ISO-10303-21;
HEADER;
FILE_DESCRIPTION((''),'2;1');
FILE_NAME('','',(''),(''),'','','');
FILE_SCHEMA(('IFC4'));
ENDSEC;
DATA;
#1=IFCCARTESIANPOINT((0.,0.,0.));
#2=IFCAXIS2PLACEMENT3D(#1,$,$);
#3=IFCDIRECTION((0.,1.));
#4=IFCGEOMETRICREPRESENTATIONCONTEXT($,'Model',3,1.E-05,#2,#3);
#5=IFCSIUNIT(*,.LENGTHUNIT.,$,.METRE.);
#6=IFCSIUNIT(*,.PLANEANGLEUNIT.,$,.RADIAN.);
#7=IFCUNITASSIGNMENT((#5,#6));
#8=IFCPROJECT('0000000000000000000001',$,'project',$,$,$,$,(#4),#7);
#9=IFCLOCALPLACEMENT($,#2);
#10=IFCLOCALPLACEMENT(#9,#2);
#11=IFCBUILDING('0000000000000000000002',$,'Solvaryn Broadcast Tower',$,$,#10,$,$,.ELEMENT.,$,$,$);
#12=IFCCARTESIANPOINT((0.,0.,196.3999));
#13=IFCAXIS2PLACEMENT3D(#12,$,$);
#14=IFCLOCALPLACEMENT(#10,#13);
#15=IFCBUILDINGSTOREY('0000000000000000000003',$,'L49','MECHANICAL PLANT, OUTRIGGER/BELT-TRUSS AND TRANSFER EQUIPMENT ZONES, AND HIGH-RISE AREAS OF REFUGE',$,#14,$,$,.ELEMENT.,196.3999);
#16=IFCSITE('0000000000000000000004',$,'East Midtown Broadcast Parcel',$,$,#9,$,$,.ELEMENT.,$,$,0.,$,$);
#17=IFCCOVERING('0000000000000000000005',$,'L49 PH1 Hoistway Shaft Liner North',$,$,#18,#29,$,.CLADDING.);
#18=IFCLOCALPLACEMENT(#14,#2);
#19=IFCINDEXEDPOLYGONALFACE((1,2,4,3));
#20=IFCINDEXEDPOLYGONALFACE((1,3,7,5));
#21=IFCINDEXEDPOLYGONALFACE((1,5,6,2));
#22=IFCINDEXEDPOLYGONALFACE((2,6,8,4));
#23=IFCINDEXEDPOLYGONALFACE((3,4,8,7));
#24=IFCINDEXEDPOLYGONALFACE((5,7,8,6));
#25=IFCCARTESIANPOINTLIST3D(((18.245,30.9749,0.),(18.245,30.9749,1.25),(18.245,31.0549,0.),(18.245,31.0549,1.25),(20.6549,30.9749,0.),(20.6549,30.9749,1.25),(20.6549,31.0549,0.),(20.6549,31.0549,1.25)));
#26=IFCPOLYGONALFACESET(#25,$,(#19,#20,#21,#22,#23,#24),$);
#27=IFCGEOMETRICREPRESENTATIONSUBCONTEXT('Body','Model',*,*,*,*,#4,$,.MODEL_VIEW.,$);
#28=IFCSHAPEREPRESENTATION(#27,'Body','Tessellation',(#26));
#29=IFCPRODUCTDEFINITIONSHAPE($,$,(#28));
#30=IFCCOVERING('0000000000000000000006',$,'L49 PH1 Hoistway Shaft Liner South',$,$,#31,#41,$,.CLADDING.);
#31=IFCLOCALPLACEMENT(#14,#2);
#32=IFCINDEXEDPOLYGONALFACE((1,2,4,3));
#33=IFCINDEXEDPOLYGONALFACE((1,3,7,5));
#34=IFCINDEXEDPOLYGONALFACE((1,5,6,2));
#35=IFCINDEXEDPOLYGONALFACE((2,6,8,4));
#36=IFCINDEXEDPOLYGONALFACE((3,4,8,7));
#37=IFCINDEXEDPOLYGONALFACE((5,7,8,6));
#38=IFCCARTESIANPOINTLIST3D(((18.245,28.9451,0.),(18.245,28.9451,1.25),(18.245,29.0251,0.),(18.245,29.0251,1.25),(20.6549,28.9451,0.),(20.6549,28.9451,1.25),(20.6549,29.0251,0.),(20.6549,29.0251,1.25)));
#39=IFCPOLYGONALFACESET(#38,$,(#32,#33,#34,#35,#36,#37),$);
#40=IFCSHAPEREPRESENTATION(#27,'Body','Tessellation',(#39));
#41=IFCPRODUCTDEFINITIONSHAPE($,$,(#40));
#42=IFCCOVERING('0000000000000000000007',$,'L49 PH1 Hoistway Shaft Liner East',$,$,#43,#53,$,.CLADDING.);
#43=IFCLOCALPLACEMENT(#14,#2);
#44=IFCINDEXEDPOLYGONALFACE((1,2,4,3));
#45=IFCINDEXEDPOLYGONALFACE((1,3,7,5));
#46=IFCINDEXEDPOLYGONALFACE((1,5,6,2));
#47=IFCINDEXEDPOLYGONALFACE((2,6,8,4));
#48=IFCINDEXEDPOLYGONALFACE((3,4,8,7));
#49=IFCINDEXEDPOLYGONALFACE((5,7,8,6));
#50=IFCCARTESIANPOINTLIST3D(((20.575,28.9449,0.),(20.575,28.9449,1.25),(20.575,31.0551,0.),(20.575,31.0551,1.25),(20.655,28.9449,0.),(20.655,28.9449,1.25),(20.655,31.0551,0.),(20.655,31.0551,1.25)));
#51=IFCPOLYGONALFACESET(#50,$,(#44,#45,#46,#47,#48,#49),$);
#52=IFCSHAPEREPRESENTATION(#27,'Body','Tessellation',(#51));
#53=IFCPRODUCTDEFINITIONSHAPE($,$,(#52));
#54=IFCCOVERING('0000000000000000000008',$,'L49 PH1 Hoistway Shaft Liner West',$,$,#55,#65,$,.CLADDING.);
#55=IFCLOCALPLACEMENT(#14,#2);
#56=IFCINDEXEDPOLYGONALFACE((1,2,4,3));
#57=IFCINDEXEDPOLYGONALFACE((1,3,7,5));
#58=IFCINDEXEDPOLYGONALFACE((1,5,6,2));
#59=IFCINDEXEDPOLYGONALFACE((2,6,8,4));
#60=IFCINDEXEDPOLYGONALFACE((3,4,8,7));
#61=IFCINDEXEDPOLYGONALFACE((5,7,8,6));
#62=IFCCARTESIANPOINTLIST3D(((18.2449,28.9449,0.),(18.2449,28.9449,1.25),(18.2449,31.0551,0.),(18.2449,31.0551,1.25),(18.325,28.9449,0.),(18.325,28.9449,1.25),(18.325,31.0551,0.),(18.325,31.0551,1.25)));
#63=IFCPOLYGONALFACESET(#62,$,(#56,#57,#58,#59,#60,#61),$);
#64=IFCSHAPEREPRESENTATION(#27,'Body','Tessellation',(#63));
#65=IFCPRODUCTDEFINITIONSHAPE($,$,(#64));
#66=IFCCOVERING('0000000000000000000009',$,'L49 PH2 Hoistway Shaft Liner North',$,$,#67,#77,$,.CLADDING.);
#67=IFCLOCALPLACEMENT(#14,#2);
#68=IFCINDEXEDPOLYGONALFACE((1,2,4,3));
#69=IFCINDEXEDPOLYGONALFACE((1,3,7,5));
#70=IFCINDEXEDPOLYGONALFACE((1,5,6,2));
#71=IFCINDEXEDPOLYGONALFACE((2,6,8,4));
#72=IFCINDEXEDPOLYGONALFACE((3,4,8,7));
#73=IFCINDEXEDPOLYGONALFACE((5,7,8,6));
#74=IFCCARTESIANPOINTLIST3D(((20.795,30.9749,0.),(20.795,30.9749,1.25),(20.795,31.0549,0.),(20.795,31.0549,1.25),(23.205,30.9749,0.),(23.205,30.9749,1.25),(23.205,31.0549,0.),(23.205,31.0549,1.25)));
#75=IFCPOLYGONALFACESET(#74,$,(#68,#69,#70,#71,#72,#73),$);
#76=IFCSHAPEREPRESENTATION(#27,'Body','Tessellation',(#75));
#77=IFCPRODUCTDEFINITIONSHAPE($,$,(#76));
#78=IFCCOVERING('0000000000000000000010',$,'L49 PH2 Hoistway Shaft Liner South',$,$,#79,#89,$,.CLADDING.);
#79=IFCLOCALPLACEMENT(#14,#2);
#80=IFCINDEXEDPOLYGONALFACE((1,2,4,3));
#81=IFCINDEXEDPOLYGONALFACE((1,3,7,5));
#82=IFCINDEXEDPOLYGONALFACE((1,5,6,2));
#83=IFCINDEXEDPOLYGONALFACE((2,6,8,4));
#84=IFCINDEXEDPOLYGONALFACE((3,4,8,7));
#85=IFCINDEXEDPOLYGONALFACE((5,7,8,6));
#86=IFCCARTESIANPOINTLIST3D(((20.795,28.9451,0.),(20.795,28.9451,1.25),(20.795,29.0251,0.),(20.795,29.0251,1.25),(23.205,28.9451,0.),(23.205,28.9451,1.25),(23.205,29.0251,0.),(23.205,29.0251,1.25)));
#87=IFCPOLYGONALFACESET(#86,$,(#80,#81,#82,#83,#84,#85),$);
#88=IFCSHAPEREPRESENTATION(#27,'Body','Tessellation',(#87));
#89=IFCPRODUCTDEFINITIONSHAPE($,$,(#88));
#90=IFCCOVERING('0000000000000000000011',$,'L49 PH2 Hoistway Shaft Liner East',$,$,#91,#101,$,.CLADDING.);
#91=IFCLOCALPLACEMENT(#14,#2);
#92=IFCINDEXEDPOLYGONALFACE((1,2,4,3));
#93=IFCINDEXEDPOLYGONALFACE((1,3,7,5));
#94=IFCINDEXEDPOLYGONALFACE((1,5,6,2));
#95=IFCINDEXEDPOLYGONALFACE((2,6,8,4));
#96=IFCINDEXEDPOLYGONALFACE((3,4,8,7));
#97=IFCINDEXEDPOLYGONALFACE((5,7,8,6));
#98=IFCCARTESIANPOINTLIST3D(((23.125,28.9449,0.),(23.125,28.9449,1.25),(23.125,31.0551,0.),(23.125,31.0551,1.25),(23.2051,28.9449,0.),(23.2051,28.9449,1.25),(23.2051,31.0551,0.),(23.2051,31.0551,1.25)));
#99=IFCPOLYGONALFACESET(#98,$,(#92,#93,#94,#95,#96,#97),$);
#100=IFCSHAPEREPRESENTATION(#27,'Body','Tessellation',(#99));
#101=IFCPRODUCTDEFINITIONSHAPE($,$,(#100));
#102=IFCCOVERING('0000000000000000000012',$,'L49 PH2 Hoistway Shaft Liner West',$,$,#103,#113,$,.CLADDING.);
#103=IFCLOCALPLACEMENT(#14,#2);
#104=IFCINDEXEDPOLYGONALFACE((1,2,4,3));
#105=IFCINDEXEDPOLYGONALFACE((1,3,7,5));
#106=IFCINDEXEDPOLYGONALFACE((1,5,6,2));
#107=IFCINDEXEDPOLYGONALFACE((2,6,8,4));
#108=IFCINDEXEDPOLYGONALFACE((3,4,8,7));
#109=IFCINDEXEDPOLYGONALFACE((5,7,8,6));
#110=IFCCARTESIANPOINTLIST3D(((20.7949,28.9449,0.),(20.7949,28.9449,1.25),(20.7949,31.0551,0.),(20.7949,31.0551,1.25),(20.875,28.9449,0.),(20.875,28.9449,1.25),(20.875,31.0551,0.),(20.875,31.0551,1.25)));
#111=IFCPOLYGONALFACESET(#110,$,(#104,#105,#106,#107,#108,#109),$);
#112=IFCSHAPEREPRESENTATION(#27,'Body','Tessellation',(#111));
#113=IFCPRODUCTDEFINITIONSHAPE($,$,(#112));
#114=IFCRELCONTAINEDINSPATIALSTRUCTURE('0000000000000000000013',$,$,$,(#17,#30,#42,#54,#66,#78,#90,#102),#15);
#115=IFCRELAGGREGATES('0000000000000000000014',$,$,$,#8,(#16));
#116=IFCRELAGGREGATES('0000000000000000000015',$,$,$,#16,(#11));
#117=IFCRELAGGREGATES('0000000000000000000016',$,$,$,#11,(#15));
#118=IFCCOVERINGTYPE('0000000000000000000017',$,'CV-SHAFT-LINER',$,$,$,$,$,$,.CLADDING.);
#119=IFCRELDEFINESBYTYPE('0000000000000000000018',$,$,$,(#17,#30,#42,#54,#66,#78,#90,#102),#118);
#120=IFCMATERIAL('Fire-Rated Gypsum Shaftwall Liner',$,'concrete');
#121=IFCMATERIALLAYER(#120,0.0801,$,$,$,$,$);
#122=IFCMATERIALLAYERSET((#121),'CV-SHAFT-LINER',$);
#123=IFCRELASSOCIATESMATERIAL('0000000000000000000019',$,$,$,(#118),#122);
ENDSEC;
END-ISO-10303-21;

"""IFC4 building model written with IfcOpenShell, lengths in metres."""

from ifc_helpers import new_model, si_unit, direction, frame, origin, origin_2d, place, context, subcontext, project, spatial, rectangle, extrude, material, layer, layer_set, type_object, element, save


model = new_model("IFC4")

# Units and contexts
model_context = context("Model", 3, precision=1e-05, world=origin(), true_north=direction((0.0, 1.0)))
body_context = subcontext(model_context, "Body", "Model", "MODEL_VIEW")
ifc_project = project(units=[si_unit("LENGTHUNIT", "METRE"), si_unit("PLANEANGLEUNIT", "RADIAN")], contexts=[model_context])

# Site, building, storey
site_placement = place(None, origin())
site = spatial("IfcSite", under=ifc_project, at=site_placement, Name="East Midtown Broadcast Parcel", CompositionType="ELEMENT", RefElevation=0.0)
building_placement = place(site_placement, origin())
building = spatial("IfcBuilding", under=site, at=building_placement, Name="Solvaryn Broadcast Tower", CompositionType="ELEMENT")
storey_placement = place(building_placement, frame((0.0, 0.0, 196.3999)))
storey = spatial("IfcBuildingStorey", under=building, at=storey_placement, Name="L49", Description="MECHANICAL PLANT, OUTRIGGER/BELT-TRUSS AND TRANSFER EQUIPMENT ZONES, AND HIGH-RISE AREAS OF REFUGE", CompositionType="ELEMENT", Elevation=196.3999)

# Coverings
ifc_material_1 = material(Name="Fire-Rated Gypsum Shaftwall Liner", Category="concrete")
ifc_layer_1 = layer(ifc_material_1, 0.0801)
ifc_layer_set_1 = layer_set([ifc_layer_1], Name="CV-SHAFT-LINER")
covering_type = type_object("IfcCoveringType", Name="CV-SHAFT-LINER", PredefinedType="CLADDING", material=ifc_layer_set_1)
for number, where, z_axis, x_axis, name in (
    (1, (19.45, 31.0149, 0.0), (0.0, 0.0, 1.0), (1.0, 0.0, 0.0), "L49 PH1 Hoistway Shaft Liner North"),
    (2, (19.45, 28.9851, 0.0), (0.0, 0.0, 1.0), (1.0, 0.0, 0.0), "L49 PH1 Hoistway Shaft Liner South"),
):
    element("IfcCovering", number, at=place(storey_placement, frame(where, z_axis=z_axis, x_axis=x_axis)), inside=storey, type_object=covering_type, Name=name, PredefinedType="CLADDING", context=body_context, shape_type="SweptSolid", body=[
        extrude(rectangle(XDim=2.4099, YDim=0.0801, at=origin_2d()), origin(), (0.0, 0.0, 1.0), 1.25),
    ])
for number, where, z_axis, x_axis, name in (
    (3, (20.615, 30.0, 0.0), (0.0, 0.0, 1.0), (1.0, 0.0, 0.0), "L49 PH1 Hoistway Shaft Liner East"),
    (4, (18.2849, 30.0, 0.0), (0.0, 0.0, 1.0), (1.0, 0.0, 0.0), "L49 PH1 Hoistway Shaft Liner West"),
):
    element("IfcCovering", number, at=place(storey_placement, frame(where, z_axis=z_axis, x_axis=x_axis)), inside=storey, type_object=covering_type, Name=name, PredefinedType="CLADDING", context=body_context, shape_type="SweptSolid", body=[
        extrude(rectangle(XDim=0.0801, YDim=2.1101, at=origin_2d()), origin(), (0.0, 0.0, 1.0), 1.25),
    ])
for number, where, z_axis, x_axis, name in (
    (5, (22.0, 31.0149, 0.0), (0.0, 0.0, 1.0), (1.0, 0.0, 0.0), "L49 PH2 Hoistway Shaft Liner North"),
    (6, (22.0, 28.9851, 0.0), (0.0, 0.0, 1.0), (1.0, 0.0, 0.0), "L49 PH2 Hoistway Shaft Liner South"),
):
    element("IfcCovering", number, at=place(storey_placement, frame(where, z_axis=z_axis, x_axis=x_axis)), inside=storey, type_object=covering_type, Name=name, PredefinedType="CLADDING", context=body_context, shape_type="SweptSolid", body=[
        extrude(rectangle(XDim=2.4099, YDim=0.0801, at=origin_2d()), origin(), (0.0, 0.0, 1.0), 1.25),
    ])
for number, where, z_axis, x_axis, name in (
    (7, (23.165, 30.0, 0.0), (0.0, 0.0, 1.0), (1.0, 0.0, 0.0), "L49 PH2 Hoistway Shaft Liner East"),
    (8, (20.835, 30.0, 0.0), (0.0, 0.0, 1.0), (1.0, 0.0, 0.0), "L49 PH2 Hoistway Shaft Liner West"),
):
    element("IfcCovering", number, at=place(storey_placement, frame(where, z_axis=z_axis, x_axis=x_axis)), inside=storey, type_object=covering_type, Name=name, PredefinedType="CLADDING", context=body_context, shape_type="SweptSolid", body=[
        extrude(rectangle(XDim=0.0801, YDim=2.1101, at=origin_2d()), origin(), (0.0, 0.0, 1.0), 1.25),
    ])

save(model, "model.ifc")
